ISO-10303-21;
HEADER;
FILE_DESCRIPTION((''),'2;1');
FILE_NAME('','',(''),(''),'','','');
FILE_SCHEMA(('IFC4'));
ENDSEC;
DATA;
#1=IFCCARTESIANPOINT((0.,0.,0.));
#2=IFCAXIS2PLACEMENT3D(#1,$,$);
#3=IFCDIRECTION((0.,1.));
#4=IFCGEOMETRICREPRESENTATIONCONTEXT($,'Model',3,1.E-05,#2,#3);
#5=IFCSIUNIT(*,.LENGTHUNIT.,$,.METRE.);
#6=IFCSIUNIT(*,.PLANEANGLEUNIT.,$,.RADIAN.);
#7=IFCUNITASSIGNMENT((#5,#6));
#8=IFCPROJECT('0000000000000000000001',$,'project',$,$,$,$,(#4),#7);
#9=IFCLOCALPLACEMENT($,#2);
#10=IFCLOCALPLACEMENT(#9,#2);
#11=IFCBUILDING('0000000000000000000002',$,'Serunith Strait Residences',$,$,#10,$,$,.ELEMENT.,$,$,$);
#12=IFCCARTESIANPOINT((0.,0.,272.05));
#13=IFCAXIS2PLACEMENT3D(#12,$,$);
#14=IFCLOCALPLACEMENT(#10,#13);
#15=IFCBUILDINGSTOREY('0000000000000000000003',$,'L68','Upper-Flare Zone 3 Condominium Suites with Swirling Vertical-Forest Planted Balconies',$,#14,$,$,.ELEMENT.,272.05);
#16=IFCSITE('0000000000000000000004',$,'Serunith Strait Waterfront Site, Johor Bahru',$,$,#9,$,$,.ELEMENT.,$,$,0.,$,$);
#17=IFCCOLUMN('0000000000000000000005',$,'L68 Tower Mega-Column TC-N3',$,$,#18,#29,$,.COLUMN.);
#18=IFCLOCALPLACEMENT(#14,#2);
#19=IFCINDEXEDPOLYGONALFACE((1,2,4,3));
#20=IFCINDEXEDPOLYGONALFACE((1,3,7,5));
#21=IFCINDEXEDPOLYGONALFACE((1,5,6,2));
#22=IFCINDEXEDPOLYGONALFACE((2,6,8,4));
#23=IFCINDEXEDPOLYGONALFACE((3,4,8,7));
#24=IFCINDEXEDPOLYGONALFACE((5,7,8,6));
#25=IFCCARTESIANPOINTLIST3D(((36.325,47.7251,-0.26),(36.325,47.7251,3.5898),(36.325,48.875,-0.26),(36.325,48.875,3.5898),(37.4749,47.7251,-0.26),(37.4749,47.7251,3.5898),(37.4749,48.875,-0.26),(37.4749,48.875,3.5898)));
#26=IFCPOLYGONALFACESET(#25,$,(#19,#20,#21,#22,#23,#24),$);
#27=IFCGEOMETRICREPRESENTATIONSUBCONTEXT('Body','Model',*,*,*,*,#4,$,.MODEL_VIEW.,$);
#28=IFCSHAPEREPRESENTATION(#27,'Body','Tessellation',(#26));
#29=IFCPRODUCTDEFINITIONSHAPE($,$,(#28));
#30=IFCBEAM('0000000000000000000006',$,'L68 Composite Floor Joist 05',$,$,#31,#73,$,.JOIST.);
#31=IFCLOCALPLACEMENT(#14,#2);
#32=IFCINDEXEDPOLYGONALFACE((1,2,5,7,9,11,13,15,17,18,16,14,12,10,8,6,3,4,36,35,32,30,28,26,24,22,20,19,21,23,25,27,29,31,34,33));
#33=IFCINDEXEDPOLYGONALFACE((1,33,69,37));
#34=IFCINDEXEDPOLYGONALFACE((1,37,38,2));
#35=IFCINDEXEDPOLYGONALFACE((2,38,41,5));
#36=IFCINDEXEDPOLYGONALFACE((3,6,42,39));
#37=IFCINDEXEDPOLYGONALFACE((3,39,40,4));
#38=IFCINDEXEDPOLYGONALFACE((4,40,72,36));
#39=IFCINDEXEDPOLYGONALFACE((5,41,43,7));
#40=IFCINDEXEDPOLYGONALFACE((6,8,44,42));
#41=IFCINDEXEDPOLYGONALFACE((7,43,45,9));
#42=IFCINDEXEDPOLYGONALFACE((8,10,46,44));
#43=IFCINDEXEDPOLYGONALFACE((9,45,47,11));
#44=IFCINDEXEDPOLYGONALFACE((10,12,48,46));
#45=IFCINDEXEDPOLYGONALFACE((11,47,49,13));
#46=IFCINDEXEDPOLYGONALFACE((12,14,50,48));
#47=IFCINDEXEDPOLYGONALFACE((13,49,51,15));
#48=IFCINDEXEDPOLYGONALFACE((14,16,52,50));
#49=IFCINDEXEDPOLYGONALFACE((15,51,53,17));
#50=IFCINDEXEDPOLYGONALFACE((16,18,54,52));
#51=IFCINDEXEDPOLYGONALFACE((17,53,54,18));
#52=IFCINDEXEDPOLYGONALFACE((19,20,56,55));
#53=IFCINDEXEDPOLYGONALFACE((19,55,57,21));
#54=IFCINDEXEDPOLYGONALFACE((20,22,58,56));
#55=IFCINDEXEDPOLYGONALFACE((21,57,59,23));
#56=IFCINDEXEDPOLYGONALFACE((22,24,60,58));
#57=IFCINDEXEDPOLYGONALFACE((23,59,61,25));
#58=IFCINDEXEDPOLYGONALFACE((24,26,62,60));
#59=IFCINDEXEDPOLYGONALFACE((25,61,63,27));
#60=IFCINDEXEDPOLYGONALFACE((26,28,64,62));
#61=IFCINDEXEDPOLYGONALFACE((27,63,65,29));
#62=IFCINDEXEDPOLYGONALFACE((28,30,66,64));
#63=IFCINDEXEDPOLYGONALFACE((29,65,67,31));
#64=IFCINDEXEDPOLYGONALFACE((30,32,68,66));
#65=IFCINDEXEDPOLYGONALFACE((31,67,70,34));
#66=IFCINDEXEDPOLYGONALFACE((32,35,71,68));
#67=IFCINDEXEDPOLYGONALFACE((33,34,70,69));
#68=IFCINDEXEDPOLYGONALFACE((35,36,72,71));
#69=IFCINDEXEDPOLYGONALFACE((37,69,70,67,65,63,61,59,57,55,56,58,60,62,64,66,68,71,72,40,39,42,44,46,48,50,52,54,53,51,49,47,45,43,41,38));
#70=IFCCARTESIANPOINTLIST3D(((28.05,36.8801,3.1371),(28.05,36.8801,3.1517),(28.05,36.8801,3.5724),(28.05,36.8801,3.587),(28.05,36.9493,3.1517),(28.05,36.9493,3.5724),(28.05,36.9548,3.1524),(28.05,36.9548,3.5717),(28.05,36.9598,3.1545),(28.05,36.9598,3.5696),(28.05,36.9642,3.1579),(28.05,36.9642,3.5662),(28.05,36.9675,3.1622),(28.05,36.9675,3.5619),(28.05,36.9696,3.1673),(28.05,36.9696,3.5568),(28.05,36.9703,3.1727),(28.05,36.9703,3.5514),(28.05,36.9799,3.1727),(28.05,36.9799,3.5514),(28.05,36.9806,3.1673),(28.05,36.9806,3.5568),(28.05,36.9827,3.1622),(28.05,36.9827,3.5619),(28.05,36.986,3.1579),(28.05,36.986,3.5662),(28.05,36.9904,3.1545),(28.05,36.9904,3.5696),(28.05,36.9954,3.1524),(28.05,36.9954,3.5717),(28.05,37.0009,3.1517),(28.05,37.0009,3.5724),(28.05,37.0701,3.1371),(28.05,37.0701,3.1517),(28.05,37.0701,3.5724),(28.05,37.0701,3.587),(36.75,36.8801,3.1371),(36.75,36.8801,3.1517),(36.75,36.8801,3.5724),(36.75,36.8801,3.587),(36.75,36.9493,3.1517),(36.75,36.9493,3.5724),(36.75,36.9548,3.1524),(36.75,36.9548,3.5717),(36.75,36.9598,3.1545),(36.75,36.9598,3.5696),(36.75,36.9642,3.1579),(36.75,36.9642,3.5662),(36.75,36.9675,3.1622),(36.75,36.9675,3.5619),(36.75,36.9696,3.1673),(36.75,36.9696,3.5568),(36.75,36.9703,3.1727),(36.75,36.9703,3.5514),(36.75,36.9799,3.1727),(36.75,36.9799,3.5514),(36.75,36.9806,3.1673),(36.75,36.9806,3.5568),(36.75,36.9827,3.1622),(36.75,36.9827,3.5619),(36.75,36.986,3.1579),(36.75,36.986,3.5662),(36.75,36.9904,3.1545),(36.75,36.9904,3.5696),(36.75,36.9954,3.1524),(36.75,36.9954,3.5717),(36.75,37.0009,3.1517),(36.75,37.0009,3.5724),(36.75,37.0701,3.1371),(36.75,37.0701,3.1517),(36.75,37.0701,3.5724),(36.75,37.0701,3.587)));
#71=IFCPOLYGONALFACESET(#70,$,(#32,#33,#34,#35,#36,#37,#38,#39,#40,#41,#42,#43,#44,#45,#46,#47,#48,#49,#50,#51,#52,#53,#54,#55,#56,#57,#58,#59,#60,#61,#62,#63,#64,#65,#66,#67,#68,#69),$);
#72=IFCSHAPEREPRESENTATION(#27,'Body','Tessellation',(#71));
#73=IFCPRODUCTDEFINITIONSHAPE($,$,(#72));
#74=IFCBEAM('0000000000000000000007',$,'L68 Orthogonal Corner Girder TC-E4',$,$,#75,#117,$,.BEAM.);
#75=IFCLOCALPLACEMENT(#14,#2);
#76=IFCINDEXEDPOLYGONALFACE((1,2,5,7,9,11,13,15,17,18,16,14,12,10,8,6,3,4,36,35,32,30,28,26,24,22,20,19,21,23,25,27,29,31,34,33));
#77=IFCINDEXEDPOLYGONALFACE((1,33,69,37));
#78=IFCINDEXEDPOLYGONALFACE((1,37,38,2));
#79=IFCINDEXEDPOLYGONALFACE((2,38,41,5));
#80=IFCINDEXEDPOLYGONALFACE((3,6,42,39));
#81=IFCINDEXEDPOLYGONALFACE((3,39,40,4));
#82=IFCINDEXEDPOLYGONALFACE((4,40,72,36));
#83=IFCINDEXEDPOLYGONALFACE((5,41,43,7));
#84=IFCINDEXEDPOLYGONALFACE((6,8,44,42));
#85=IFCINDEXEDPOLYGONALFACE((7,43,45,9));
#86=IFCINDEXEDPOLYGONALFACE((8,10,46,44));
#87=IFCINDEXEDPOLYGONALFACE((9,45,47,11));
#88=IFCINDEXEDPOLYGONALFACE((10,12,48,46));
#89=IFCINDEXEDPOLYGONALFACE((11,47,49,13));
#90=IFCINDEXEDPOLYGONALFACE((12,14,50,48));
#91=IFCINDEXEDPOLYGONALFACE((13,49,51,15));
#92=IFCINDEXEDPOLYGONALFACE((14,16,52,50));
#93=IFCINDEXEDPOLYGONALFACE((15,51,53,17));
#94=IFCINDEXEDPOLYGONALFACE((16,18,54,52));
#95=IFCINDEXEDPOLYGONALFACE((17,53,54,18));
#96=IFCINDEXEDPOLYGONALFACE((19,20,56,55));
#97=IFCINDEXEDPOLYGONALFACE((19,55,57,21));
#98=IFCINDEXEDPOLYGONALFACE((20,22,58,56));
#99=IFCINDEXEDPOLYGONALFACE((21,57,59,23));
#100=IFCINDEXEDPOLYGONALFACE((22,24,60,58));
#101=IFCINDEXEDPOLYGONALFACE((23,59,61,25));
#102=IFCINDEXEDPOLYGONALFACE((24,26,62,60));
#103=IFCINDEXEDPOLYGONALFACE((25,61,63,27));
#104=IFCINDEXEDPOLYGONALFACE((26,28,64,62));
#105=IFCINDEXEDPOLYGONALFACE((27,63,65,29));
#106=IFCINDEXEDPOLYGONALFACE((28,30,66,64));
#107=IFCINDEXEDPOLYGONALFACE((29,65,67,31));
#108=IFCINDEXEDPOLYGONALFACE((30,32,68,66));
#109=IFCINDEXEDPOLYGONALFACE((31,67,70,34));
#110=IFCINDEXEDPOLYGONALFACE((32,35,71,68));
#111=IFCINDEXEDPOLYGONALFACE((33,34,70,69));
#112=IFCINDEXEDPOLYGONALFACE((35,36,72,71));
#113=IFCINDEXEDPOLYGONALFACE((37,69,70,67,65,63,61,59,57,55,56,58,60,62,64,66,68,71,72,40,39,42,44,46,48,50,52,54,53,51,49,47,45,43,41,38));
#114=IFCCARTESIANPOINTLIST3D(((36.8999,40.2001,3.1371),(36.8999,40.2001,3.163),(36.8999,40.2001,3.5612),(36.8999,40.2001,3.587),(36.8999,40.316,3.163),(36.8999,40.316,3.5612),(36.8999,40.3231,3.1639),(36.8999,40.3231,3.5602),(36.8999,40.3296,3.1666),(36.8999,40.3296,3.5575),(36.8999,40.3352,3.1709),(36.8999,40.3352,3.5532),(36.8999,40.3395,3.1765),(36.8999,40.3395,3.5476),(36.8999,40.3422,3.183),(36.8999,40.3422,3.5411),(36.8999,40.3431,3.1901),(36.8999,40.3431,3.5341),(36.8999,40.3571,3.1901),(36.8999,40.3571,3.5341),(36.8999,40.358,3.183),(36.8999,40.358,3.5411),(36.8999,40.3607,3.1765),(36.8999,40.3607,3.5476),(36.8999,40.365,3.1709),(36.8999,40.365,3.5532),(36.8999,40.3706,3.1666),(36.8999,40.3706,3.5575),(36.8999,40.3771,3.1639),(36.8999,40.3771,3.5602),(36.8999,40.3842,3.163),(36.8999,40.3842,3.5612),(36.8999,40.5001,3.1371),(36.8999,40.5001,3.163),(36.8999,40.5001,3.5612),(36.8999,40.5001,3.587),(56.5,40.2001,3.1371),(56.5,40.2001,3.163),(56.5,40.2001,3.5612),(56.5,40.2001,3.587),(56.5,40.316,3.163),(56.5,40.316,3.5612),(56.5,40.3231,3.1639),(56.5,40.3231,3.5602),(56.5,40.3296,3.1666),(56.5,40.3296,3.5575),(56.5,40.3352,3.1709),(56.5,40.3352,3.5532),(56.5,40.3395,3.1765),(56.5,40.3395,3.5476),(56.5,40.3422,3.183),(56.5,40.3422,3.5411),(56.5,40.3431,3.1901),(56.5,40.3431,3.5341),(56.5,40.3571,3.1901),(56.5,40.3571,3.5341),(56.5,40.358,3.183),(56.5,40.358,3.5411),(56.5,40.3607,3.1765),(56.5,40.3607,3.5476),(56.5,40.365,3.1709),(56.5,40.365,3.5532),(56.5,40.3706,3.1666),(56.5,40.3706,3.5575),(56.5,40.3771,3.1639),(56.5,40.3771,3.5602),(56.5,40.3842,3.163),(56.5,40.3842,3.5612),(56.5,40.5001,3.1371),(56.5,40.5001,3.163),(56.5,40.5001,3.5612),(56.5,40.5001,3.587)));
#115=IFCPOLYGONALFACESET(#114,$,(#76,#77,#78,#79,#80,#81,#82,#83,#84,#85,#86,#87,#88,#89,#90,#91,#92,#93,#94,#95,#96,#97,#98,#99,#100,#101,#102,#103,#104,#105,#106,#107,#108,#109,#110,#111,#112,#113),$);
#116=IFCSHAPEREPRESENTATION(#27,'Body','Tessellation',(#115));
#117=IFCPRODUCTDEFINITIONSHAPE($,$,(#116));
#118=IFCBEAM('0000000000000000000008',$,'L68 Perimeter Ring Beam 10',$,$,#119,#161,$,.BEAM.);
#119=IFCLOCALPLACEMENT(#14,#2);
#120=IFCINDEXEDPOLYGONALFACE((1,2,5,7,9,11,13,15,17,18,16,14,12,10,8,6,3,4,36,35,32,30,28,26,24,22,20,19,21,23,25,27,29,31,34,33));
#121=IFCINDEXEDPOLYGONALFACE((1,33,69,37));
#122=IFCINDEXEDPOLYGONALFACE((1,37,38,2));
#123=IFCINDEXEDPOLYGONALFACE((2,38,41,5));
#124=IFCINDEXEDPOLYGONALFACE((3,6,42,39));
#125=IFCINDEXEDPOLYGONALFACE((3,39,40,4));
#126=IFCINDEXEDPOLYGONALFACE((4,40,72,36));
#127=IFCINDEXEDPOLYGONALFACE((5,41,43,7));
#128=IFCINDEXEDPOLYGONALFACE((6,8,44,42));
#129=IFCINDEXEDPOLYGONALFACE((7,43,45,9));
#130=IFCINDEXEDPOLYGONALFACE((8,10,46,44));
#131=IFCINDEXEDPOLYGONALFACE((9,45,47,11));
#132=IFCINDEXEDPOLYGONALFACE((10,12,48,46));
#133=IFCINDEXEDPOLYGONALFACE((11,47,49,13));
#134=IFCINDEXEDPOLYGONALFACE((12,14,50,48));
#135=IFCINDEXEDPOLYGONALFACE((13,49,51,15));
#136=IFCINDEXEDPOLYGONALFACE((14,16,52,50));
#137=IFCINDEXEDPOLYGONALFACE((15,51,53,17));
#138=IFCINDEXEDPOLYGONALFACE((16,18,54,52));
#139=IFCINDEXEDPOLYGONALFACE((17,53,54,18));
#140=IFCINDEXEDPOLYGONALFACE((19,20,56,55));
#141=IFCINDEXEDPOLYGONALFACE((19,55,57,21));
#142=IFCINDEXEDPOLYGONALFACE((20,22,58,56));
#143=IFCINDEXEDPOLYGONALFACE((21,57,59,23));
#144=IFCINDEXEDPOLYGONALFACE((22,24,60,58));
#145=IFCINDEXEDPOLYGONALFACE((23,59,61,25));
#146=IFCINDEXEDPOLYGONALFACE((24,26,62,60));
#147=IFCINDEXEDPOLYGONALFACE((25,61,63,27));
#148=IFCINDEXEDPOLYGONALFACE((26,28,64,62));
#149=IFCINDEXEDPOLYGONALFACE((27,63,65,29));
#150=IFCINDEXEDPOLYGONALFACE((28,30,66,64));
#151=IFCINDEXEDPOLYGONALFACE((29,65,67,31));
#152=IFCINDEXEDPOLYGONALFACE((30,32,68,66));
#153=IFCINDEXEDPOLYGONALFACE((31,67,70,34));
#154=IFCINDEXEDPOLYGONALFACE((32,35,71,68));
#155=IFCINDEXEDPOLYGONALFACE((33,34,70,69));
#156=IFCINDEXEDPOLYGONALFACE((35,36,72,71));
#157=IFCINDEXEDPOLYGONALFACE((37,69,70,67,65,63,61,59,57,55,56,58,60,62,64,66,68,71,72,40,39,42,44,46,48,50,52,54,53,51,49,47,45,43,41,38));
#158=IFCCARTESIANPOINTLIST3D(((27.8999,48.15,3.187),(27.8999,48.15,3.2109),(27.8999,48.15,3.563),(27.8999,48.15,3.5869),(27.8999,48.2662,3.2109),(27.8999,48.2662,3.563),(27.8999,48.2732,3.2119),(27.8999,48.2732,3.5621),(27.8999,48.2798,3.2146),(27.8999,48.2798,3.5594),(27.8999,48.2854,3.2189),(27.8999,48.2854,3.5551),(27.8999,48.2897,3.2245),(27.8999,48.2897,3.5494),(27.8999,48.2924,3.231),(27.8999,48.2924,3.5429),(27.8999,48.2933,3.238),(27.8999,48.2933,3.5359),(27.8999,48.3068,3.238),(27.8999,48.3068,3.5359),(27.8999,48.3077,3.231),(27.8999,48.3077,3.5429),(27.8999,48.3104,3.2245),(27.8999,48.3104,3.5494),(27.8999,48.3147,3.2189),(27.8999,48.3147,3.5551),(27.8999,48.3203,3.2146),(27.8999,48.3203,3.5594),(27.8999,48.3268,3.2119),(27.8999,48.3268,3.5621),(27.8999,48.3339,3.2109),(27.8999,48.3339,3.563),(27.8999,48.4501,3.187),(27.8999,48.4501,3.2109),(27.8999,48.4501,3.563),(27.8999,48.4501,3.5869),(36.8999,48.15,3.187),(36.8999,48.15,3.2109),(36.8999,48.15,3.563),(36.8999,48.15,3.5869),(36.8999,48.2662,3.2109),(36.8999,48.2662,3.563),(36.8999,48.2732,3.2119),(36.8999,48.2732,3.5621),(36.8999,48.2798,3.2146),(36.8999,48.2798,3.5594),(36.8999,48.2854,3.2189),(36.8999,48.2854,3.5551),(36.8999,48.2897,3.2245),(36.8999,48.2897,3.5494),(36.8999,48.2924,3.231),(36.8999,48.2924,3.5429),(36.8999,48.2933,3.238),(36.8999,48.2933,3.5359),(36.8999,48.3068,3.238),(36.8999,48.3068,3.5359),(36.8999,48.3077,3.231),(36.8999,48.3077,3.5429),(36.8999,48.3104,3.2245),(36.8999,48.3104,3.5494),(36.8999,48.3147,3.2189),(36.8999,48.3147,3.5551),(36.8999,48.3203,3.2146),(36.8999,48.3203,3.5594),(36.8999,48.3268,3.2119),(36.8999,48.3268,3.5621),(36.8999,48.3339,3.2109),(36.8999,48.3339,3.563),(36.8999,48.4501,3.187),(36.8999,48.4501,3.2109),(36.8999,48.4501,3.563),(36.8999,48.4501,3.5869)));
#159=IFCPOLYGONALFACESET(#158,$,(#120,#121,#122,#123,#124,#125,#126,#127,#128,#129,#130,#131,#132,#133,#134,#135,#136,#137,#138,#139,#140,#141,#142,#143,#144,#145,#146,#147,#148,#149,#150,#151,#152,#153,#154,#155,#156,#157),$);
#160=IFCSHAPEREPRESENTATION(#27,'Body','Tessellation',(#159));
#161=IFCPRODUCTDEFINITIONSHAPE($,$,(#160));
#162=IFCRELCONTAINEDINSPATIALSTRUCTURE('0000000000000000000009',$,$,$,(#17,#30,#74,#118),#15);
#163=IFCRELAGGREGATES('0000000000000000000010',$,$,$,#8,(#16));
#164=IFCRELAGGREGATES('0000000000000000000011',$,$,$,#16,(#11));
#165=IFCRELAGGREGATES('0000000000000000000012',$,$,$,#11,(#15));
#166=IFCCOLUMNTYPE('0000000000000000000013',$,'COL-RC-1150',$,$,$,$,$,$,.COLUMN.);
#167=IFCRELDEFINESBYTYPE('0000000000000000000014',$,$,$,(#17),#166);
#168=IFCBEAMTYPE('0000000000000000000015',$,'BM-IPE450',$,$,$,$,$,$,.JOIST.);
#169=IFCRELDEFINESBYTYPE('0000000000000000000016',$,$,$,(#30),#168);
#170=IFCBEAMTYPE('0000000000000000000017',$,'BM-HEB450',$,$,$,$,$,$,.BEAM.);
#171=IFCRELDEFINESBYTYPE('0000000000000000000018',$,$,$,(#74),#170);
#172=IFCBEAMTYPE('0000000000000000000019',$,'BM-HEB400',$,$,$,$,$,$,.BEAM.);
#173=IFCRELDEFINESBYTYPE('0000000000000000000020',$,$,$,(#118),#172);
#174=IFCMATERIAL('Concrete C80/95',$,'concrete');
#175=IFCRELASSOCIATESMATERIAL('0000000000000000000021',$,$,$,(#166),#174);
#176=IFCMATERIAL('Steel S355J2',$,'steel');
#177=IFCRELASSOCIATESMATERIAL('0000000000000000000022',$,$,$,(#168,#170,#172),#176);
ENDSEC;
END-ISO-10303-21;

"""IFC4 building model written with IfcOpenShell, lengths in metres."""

from ifc_helpers import new_model, si_unit, direction, frame, origin, origin_2d, place, context, subcontext, project, spatial, rectangle, i_section, extrude, source, transform, mapped, material, material_profile, profile_set, type_object, element, save


model = new_model("IFC4")

# Units and contexts
model_context = context("Model", 3, precision=1e-05, world=origin(), true_north=direction((0.0, 1.0)))
body_context = subcontext(model_context, "Body", "Model", "MODEL_VIEW")
ifc_project = project(units=[si_unit("LENGTHUNIT", "METRE"), si_unit("PLANEANGLEUNIT", "RADIAN")], contexts=[model_context])

# Site, building, storey
site_placement = place(None, origin())
site = spatial("IfcSite", under=ifc_project, at=site_placement, Name="Serunith Strait Waterfront Site, Johor Bahru", CompositionType="ELEMENT", RefElevation=0.0)
building_placement = place(site_placement, origin())
building = spatial("IfcBuilding", under=site, at=building_placement, Name="Serunith Strait Residences", CompositionType="ELEMENT")
storey_placement = place(building_placement, frame((0.0, 0.0, 272.05)))
storey = spatial("IfcBuildingStorey", under=building, at=storey_placement, Name="L68", Description="Upper-Flare Zone 3 Condominium Suites with Swirling Vertical-Forest Planted Balconies", CompositionType="ELEMENT", Elevation=272.05)

# Column
ifc_material_1 = material(Name="Concrete C80/95", Category="concrete")
ifc_material_profile_1 = material_profile(ifc_material_1, rectangle(XDim=1.1499, YDim=1.1499, at=origin_2d()), Name="RC 1150x1150")
ifc_profile_set_1 = profile_set([ifc_material_profile_1], Name="Concrete C80/95")
column_type = type_object("IfcColumnType", Name="COL-RC-1150", PredefinedType="COLUMN", material=ifc_profile_set_1)
shared_shape_1 = source(origin(), body_context, "Body", "SweptSolid", [
    extrude(rectangle(XDim=1.1499, YDim=1.1499, at=origin_2d()), origin(), (0.0, 0.0, 1.0), 3.8499),
])
column_placement = place(storey_placement, frame((36.8999, 48.3, -0.26), z_axis=(0.0, 0.0, 1.0), x_axis=(1.0, 0.0, 0.0)))
element("IfcColumn", 1, at=column_placement, inside=storey, type_object=column_type, Name="L68 Tower Mega-Column TC-N3", PredefinedType="COLUMN", context=body_context, shape_type="MappedRepresentation", body=[
    mapped(shared_shape_1, transform((0.0, 0.0, 0.0), scale=1.0)),
])

# Beams
ifc_material_2 = material(Name="Steel S355J2", Category="steel")
ifc_material_profile_2 = material_profile(ifc_material_2, i_section(OverallWidth=0.1899, OverallDepth=0.45, WebThickness=0.0095, FlangeThickness=0.0146, FilletRadius=0.021, at=origin_2d()), Name="IPE 450")
ifc_profile_set_2 = profile_set([ifc_material_profile_2], Name="Steel S355J2")
beam_type_1 = type_object("IfcBeamType", Name="BM-IPE450", PredefinedType="JOIST", material=ifc_profile_set_2)
shared_shape_2 = source(origin(), body_context, "Body", "SweptSolid", [
    extrude(i_section(OverallWidth=0.1899, OverallDepth=0.45, WebThickness=0.0095, FlangeThickness=0.0146, FilletRadius=0.021, at=origin_2d()), origin(), (0.0, 0.0, 1.0), 8.7),
])
beam_1_placement = place(storey_placement, frame((28.05, 36.9751, 3.3621), z_axis=(1.0, 0.0, 0.0), x_axis=(0.0, 1.0, 0.0)))
element("IfcBeam", 2, at=beam_1_placement, inside=storey, type_object=beam_type_1, Name="L68 Composite Floor Joist 05", PredefinedType="JOIST", context=body_context, shape_type="MappedRepresentation", body=[
    mapped(shared_shape_2, transform((0.0, 0.0, 0.0), scale=1.0)),
])
ifc_material_profile_3 = material_profile(ifc_material_2, i_section(OverallWidth=0.3, OverallDepth=0.45, WebThickness=0.0139, FlangeThickness=0.0259, FilletRadius=0.0271, at=origin_2d()), Name="HEB 450")
ifc_profile_set_3 = profile_set([ifc_material_profile_3], Name="Steel S355J2")
beam_type_2 = type_object("IfcBeamType", Name="BM-HEB450", PredefinedType="BEAM", material=ifc_profile_set_3)
shared_shape_3 = source(origin(), body_context, "Body", "SweptSolid", [
    extrude(i_section(OverallWidth=0.3, OverallDepth=0.45, WebThickness=0.0139, FlangeThickness=0.0259, FilletRadius=0.0271, at=origin_2d()), origin(), (0.0, 0.0, 1.0), 19.6001),
])
beam_2_placement = place(storey_placement, frame((36.8999, 40.3501, 3.3621), z_axis=(1.0, 0.0, 0.0), x_axis=(0.0, 1.0, 0.0)))
element("IfcBeam", 3, at=beam_2_placement, inside=storey, type_object=beam_type_2, Name="L68 Orthogonal Corner Girder TC-E4", PredefinedType="BEAM", context=body_context, shape_type="MappedRepresentation", body=[
    mapped(shared_shape_3, transform((0.0, 0.0, 0.0), scale=1.0)),
])
ifc_material_profile_4 = material_profile(ifc_material_2, i_section(OverallWidth=0.3, OverallDepth=0.3999, WebThickness=0.0134, FlangeThickness=0.0239, FilletRadius=0.0271, at=origin_2d()), Name="HEB 400")
ifc_profile_set_4 = profile_set([ifc_material_profile_4], Name="Steel S355J2")
beam_type_3 = type_object("IfcBeamType", Name="BM-HEB400", PredefinedType="BEAM", material=ifc_profile_set_4)
shared_shape_4 = source(origin(), body_context, "Body", "SweptSolid", [
    extrude(i_section(OverallWidth=0.3, OverallDepth=0.3999, WebThickness=0.0134, FlangeThickness=0.0239, FilletRadius=0.0271, at=origin_2d()), origin(), (0.0, 0.0, 1.0), 9.0),
])
beam_3_placement = place(storey_placement, frame((36.8999, 48.3, 3.387), z_axis=(-1.0, 0.0, 0.0), x_axis=(0.0, -1.0, 0.0)))
element("IfcBeam", 4, at=beam_3_placement, inside=storey, type_object=beam_type_3, Name="L68 Perimeter Ring Beam 10", PredefinedType="BEAM", context=body_context, shape_type="MappedRepresentation", body=[
    mapped(shared_shape_4, transform((0.0, 0.0, 0.0), scale=1.0)),
])

save(model, "model.ifc")
